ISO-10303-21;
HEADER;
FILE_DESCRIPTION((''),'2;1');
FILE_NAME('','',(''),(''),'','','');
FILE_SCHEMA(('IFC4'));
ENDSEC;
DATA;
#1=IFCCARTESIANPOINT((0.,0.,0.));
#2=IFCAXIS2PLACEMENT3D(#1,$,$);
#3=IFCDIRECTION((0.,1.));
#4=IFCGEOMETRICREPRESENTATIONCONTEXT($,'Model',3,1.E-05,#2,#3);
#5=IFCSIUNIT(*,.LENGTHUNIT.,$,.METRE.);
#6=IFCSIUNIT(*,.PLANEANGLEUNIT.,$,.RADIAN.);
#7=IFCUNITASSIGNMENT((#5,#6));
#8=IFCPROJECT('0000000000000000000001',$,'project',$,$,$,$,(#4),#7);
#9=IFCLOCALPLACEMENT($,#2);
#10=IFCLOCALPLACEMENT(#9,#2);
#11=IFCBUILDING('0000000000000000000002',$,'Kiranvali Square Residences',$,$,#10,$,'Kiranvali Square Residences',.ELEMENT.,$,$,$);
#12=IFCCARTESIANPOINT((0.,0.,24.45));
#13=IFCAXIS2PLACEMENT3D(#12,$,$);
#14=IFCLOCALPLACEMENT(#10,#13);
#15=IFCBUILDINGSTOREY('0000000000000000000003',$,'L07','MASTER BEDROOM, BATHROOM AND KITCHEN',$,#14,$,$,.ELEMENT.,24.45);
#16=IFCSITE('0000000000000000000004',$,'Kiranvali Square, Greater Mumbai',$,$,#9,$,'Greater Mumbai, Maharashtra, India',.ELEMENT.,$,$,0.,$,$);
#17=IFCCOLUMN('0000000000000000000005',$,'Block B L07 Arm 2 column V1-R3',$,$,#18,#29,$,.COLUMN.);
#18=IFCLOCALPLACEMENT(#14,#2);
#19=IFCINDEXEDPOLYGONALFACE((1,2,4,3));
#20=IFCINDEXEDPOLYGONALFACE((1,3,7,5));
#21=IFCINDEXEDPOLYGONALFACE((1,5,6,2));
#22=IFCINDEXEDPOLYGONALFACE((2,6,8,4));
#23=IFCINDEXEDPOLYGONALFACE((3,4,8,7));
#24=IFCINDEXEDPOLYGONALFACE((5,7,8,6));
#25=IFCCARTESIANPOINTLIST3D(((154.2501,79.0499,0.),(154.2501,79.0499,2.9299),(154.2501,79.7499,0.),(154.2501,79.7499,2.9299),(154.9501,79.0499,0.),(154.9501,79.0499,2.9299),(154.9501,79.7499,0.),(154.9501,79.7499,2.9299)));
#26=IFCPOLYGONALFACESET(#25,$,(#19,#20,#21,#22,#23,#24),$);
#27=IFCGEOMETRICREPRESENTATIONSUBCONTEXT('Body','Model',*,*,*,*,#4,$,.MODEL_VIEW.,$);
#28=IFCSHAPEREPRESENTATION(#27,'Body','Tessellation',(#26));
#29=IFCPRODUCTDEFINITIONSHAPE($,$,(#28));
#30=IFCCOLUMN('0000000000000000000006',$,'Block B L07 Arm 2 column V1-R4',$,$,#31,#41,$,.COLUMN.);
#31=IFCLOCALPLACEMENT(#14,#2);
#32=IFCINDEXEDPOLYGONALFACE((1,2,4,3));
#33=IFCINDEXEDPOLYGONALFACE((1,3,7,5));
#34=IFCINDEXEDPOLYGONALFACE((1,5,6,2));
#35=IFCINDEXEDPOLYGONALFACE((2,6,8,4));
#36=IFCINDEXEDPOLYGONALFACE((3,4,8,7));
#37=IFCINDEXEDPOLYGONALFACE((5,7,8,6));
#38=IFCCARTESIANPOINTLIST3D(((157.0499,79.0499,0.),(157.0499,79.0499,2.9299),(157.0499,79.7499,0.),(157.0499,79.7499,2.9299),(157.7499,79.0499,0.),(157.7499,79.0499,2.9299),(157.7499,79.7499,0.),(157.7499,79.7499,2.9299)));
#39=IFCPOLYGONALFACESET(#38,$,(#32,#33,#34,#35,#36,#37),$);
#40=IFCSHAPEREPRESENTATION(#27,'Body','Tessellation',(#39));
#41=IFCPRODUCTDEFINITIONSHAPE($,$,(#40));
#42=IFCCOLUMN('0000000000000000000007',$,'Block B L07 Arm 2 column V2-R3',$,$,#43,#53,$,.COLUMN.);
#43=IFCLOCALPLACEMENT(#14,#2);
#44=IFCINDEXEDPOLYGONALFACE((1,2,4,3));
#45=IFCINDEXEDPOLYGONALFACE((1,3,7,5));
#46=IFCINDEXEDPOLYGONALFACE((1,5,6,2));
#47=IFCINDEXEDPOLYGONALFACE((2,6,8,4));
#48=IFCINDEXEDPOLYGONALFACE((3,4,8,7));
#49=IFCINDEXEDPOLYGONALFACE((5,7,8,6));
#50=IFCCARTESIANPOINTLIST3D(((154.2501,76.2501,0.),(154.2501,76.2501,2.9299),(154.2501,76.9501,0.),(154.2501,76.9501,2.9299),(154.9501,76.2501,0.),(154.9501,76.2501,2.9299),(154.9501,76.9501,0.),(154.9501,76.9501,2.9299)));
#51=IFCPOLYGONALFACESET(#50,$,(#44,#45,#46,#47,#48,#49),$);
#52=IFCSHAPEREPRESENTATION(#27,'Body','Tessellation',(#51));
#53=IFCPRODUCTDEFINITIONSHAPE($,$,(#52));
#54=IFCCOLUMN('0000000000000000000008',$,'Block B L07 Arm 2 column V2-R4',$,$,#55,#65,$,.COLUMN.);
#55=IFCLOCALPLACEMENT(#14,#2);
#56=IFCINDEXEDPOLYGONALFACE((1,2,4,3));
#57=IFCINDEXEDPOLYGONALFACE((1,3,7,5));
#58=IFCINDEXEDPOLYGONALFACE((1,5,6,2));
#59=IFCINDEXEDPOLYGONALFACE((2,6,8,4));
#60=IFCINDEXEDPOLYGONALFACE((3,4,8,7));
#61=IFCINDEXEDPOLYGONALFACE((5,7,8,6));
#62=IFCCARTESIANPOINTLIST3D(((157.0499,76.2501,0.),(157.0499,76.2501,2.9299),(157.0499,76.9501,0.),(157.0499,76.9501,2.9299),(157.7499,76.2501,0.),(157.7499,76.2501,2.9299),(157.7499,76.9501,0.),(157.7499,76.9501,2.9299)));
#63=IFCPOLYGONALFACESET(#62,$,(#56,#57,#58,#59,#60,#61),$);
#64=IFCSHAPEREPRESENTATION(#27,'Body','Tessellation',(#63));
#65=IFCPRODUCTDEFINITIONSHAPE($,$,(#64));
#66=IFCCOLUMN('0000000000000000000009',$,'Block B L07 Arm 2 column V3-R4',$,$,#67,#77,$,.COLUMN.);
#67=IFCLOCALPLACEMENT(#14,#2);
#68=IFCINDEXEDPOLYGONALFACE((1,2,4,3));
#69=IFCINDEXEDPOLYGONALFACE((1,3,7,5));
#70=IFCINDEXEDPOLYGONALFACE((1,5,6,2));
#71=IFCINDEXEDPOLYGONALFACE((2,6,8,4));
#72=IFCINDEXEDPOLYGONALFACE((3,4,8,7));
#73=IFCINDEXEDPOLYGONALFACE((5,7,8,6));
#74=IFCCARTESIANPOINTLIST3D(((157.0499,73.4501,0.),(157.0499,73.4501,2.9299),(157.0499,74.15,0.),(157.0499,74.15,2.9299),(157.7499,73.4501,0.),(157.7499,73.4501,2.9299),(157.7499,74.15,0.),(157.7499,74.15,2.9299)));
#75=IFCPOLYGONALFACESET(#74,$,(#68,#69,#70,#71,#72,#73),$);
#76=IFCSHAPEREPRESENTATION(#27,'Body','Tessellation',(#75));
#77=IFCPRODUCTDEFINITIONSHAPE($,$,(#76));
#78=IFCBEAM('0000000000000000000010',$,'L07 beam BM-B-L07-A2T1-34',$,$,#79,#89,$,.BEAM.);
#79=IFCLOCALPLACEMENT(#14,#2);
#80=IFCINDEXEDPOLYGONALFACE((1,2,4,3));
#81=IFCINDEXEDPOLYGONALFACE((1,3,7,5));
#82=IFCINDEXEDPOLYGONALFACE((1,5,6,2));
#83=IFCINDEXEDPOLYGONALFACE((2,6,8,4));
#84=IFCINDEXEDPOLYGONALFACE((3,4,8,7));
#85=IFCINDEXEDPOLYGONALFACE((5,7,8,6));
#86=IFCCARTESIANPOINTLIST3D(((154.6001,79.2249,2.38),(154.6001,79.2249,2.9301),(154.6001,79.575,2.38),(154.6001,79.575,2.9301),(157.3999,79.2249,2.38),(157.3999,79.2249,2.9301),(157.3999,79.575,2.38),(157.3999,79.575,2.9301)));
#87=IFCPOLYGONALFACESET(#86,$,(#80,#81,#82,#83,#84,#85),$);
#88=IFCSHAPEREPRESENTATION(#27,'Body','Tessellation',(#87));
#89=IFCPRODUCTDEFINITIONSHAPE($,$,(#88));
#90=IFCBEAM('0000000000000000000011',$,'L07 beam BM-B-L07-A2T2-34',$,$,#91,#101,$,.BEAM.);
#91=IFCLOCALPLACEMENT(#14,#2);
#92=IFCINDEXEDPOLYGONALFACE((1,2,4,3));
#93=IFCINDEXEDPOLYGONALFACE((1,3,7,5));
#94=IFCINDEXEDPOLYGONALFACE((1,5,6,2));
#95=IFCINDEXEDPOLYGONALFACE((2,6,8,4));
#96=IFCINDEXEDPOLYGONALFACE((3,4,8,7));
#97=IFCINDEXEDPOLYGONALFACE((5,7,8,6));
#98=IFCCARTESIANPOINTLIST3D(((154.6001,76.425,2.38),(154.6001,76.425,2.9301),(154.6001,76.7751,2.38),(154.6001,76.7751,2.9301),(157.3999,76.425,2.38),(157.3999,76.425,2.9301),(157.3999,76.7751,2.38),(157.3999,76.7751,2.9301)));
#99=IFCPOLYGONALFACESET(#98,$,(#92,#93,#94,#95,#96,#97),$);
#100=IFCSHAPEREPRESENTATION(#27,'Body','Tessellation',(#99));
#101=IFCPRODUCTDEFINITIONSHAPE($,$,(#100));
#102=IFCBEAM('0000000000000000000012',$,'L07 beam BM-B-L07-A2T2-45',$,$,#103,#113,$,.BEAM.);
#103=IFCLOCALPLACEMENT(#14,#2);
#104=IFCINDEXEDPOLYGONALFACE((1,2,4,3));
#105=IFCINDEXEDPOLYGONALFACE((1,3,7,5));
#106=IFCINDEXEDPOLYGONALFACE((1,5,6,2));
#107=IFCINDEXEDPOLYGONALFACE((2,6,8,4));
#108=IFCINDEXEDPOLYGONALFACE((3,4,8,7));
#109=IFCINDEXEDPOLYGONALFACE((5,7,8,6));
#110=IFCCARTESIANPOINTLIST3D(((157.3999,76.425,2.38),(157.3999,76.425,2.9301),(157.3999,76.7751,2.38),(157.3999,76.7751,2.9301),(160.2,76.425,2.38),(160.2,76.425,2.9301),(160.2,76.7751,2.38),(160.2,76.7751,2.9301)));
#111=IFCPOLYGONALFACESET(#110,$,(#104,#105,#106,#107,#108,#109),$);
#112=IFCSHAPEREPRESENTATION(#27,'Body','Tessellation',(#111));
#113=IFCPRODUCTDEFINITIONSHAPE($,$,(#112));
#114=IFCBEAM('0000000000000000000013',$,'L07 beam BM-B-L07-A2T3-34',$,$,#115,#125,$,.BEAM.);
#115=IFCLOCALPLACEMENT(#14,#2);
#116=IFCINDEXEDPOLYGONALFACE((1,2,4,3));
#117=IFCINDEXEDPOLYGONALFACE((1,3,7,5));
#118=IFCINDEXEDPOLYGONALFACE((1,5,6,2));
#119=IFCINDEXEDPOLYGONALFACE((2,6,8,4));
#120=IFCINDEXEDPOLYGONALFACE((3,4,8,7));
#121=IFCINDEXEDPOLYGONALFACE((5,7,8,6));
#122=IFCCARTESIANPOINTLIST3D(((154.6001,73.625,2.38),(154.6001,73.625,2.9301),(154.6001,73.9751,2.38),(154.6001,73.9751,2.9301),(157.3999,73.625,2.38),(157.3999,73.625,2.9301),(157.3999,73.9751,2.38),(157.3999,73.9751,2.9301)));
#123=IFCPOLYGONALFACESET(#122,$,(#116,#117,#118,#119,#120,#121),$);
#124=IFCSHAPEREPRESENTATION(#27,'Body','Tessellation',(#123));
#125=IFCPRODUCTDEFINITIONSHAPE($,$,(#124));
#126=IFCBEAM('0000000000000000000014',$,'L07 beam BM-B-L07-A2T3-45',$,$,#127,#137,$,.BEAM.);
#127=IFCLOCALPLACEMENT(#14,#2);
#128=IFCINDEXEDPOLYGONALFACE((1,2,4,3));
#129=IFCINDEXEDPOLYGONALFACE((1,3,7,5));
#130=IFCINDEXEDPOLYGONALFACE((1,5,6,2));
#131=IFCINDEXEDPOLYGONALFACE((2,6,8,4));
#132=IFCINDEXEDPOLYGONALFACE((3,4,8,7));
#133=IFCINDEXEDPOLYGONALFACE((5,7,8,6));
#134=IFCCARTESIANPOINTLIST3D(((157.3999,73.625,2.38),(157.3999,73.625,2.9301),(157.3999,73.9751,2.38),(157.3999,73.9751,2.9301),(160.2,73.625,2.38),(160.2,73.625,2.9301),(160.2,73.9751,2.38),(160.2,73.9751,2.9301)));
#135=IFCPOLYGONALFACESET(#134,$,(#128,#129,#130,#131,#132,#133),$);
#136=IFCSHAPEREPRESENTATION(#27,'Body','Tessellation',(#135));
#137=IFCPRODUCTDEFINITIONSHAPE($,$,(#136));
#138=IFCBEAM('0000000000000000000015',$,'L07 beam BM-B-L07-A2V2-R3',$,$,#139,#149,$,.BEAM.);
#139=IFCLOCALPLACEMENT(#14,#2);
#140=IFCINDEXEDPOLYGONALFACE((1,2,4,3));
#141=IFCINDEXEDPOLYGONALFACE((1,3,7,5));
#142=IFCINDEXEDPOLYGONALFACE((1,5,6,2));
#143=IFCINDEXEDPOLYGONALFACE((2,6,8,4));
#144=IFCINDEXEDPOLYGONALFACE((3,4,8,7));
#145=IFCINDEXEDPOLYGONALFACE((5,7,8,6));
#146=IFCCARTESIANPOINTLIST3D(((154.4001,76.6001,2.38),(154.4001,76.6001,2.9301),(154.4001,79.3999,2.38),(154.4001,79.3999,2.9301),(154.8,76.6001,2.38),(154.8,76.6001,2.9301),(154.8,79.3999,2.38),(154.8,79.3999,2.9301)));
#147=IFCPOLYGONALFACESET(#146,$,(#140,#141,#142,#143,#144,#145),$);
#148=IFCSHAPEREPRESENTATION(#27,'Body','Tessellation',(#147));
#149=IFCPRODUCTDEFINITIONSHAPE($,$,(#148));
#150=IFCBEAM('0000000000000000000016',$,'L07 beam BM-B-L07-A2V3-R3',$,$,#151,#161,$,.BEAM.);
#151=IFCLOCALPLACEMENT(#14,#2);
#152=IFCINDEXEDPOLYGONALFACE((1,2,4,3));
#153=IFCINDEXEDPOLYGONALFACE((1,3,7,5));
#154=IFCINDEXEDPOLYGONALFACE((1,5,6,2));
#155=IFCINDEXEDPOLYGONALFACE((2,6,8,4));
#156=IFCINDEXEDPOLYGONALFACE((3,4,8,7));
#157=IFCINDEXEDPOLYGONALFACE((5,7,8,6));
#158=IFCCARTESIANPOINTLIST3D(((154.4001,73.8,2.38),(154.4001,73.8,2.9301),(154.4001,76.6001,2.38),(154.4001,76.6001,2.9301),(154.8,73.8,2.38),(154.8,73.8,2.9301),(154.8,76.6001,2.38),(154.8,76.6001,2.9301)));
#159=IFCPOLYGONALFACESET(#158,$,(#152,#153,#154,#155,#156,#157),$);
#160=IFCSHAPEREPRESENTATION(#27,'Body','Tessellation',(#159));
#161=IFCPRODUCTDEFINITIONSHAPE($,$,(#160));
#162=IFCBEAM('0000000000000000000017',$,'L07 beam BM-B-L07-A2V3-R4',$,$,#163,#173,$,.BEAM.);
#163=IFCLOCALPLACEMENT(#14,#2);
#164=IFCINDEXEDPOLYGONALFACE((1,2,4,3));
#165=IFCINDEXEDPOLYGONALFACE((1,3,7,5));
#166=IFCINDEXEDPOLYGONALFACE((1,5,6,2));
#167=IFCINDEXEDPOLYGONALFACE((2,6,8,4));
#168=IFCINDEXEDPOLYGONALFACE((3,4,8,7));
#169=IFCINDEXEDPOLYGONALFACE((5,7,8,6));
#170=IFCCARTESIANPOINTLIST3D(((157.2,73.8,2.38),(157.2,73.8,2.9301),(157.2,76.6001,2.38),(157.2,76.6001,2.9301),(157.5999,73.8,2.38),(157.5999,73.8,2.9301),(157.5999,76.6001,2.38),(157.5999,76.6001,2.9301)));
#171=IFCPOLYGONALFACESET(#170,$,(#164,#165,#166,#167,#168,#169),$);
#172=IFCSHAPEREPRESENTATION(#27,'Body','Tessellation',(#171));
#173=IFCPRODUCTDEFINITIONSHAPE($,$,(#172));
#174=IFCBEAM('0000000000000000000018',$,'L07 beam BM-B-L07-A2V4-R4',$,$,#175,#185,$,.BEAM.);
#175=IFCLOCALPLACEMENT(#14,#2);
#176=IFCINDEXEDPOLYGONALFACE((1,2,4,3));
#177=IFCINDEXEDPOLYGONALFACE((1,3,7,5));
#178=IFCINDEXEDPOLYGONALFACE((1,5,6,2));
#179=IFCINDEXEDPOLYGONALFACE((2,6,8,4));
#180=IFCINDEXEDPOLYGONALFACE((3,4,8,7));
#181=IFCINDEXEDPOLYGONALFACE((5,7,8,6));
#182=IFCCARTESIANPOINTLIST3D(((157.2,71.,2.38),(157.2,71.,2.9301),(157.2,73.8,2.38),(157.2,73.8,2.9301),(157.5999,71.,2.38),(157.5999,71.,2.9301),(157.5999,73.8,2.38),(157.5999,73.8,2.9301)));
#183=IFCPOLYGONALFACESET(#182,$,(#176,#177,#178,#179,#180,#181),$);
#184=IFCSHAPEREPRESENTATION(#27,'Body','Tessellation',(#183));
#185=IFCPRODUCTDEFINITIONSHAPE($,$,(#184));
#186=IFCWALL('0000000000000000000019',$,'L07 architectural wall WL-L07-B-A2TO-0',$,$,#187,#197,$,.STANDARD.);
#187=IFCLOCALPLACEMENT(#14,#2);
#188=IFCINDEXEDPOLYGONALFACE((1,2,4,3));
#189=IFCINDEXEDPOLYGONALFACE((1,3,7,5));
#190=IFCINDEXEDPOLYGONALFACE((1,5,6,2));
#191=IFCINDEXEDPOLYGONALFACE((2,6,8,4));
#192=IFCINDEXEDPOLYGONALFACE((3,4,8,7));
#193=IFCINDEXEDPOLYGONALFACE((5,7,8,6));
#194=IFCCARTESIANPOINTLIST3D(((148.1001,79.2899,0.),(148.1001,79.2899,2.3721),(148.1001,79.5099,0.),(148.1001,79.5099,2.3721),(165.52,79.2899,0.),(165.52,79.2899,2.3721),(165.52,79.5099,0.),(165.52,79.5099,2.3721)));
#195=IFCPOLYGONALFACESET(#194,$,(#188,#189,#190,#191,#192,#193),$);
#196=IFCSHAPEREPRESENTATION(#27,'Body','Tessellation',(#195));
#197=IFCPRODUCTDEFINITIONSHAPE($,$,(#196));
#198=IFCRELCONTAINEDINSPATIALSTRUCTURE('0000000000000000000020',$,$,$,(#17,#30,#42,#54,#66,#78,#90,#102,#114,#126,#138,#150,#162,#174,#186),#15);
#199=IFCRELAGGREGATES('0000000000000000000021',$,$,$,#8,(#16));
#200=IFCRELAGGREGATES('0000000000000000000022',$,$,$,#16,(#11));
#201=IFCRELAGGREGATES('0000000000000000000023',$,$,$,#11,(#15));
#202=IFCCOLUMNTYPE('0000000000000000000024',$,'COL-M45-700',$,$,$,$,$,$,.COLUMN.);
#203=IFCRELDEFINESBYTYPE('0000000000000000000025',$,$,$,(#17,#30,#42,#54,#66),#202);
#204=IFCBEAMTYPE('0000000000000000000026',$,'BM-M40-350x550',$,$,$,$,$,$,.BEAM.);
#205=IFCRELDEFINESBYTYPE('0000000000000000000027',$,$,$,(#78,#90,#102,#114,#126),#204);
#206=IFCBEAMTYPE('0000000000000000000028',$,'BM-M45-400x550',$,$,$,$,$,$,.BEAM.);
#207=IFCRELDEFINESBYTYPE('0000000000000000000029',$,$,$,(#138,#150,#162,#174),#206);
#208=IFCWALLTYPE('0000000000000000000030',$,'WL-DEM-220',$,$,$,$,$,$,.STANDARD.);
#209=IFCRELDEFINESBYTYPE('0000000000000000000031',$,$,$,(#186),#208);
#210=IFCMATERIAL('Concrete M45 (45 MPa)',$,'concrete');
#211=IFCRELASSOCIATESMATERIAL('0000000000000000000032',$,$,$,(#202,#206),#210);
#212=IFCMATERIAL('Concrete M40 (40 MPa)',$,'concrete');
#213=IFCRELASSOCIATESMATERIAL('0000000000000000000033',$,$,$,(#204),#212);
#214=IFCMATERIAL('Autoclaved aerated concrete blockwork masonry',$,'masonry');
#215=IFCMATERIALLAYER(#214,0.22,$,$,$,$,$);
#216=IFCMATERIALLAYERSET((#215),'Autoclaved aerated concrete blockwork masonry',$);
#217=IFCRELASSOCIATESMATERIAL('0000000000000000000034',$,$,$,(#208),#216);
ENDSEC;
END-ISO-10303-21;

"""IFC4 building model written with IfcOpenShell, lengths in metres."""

from ifc_helpers import new_model, si_unit, direction, frame, frame_2d, origin, origin_2d, place, context, subcontext, project, spatial, rectangle, extrude, material, layer, layer_set, material_profile, profile_set, type_object, element, save


model = new_model("IFC4")

# Units and contexts
model_context = context("Model", 3, precision=1e-05, world=origin(), true_north=direction((0.0, 1.0)))
body_context = subcontext(model_context, "Body", "Model", "MODEL_VIEW")
ifc_project = project(units=[si_unit("LENGTHUNIT", "METRE"), si_unit("PLANEANGLEUNIT", "RADIAN")], contexts=[model_context])

# Site, building, storey
site_placement = place(None, origin())
site = spatial("IfcSite", under=ifc_project, at=site_placement, Name="Kiranvali Square, Greater Mumbai", LongName="Greater Mumbai, Maharashtra, India", CompositionType="ELEMENT", RefElevation=0.0)
building_placement = place(site_placement, origin())
building = spatial("IfcBuilding", under=site, at=building_placement, Name="Kiranvali Square Residences", LongName="Kiranvali Square Residences", CompositionType="ELEMENT")
storey_placement = place(building_placement, frame((0.0, 0.0, 24.45)))
storey = spatial("IfcBuildingStorey", under=building, at=storey_placement, Name="L07", Description="MASTER BEDROOM, BATHROOM AND KITCHEN", CompositionType="ELEMENT", Elevation=24.45)

# Columns
ifc_material_1 = material(Name="Concrete M45 (45 MPa)", Category="concrete")
ifc_material_profile_1 = material_profile(ifc_material_1, rectangle(XDim=0.7, YDim=0.7, at=origin_2d()), Name="RC 700x700")
ifc_profile_set_1 = profile_set([ifc_material_profile_1], Name="Concrete M45 (45 MPa)")
column_type = type_object("IfcColumnType", Name="COL-M45-700", PredefinedType="COLUMN", material=ifc_profile_set_1)
for number, where, z_axis, x_axis, name in (
    (1, (154.6001, 79.3999, 0.0), (0.0, 0.0, 1.0), (1.0, 0.0, 0.0), "Block B L07 Arm 2 column V1-R3"),
    (2, (157.3999, 79.3999, 0.0), (0.0, 0.0, 1.0), (1.0, 0.0, 0.0), "Block B L07 Arm 2 column V1-R4"),
    (3, (154.6001, 76.6001, 0.0), (0.0, 0.0, 1.0), (1.0, 0.0, 0.0), "Block B L07 Arm 2 column V2-R3"),
    (4, (157.3999, 76.6001, 0.0), (0.0, 0.0, 1.0), (1.0, 0.0, 0.0), "Block B L07 Arm 2 column V2-R4"),
    (5, (157.3999, 73.8, 0.0), (0.0, 0.0, 1.0), (1.0, 0.0, 0.0), "Block B L07 Arm 2 column V3-R4"),
):
    element("IfcColumn", number, at=place(storey_placement, frame(where, z_axis=z_axis, x_axis=x_axis)), inside=storey, type_object=column_type, Name=name, PredefinedType="COLUMN", context=body_context, shape_type="SweptSolid", body=[
        extrude(rectangle(XDim=0.7, YDim=0.7, at=origin_2d()), origin(), (0.0, 0.0, 1.0), 2.9299),
    ])

# Beams
ifc_material_2 = material(Name="Concrete M40 (40 MPa)", Category="concrete")
ifc_material_profile_2 = material_profile(ifc_material_2, rectangle(XDim=0.3501, YDim=0.55, at=origin_2d()), Name="RC 350x550")
ifc_profile_set_2 = profile_set([ifc_material_profile_2], Name="Concrete M40 (40 MPa)")
beam_type_1 = type_object("IfcBeamType", Name="BM-M40-350x550", PredefinedType="BEAM", material=ifc_profile_set_2)
for number, where, z_axis, x_axis, name in (
    (6, (154.6001, 79.3999, 2.655), (1.0, 0.0, 0.0), (0.0, 1.0, 0.0), "L07 beam BM-B-L07-A2T1-34"),
    (7, (154.6001, 76.6001, 2.655), (1.0, 0.0, 0.0), (0.0, 1.0, 0.0), "L07 beam BM-B-L07-A2T2-34"),
):
    element("IfcBeam", number, at=place(storey_placement, frame(where, z_axis=z_axis, x_axis=x_axis)), inside=storey, type_object=beam_type_1, Name=name, PredefinedType="BEAM", context=body_context, shape_type="SweptSolid", body=[
        extrude(rectangle(XDim=0.3501, YDim=0.55, at=origin_2d()), origin(), (0.0, 0.0, 1.0), 2.7998),
    ])
beam_1_placement = place(storey_placement, frame((157.3999, 76.6001, 2.655), z_axis=(1.0, 0.0, 0.0), x_axis=(0.0, 1.0, 0.0)))
element("IfcBeam", 8, at=beam_1_placement, inside=storey, type_object=beam_type_1, Name="L07 beam BM-B-L07-A2T2-45", PredefinedType="BEAM", context=body_context, shape_type="SweptSolid", body=[
    extrude(rectangle(XDim=0.3501, YDim=0.55, at=origin_2d()), origin(), (0.0, 0.0, 1.0), 2.8),
])
beam_2_placement = place(storey_placement, frame((154.6001, 73.8, 2.655), z_axis=(1.0, 0.0, 0.0), x_axis=(0.0, 1.0, 0.0)))
element("IfcBeam", 9, at=beam_2_placement, inside=storey, type_object=beam_type_1, Name="L07 beam BM-B-L07-A2T3-34", PredefinedType="BEAM", context=body_context, shape_type="SweptSolid", body=[
    extrude(rectangle(XDim=0.3501, YDim=0.55, at=origin_2d()), origin(), (0.0, 0.0, 1.0), 2.7998),
])
beam_3_placement = place(storey_placement, frame((157.3999, 73.8, 2.655), z_axis=(1.0, 0.0, 0.0), x_axis=(0.0, 1.0, 0.0)))
element("IfcBeam", 10, at=beam_3_placement, inside=storey, type_object=beam_type_1, Name="L07 beam BM-B-L07-A2T3-45", PredefinedType="BEAM", context=body_context, shape_type="SweptSolid", body=[
    extrude(rectangle(XDim=0.3501, YDim=0.55, at=origin_2d()), origin(), (0.0, 0.0, 1.0), 2.8),
])
ifc_material_profile_3 = material_profile(ifc_material_1, rectangle(XDim=0.3999, YDim=0.55, at=origin_2d()), Name="RC 400x550")
ifc_profile_set_3 = profile_set([ifc_material_profile_3], Name="Concrete M45 (45 MPa)")
beam_type_2 = type_object("IfcBeamType", Name="BM-M45-400x550", PredefinedType="BEAM", material=ifc_profile_set_3)
beam_4_placement = place(storey_placement, frame((154.6001, 79.3999, 2.655), z_axis=(0.0, -1.0, 0.0), x_axis=(1.0, 0.0, 0.0)))
element("IfcBeam", 11, at=beam_4_placement, inside=storey, type_object=beam_type_2, Name="L07 beam BM-B-L07-A2V2-R3", PredefinedType="BEAM", context=body_context, shape_type="SweptSolid", body=[
    extrude(rectangle(XDim=0.3999, YDim=0.55, at=origin_2d()), origin(), (0.0, 0.0, 1.0), 2.7998),
])
for number, where, z_axis, x_axis, name in (
    (12, (154.6001, 76.6001, 2.655), (0.0, -1.0, 0.0), (1.0, 0.0, 0.0), "L07 beam BM-B-L07-A2V3-R3"),
    (13, (157.3999, 76.6001, 2.655), (0.0, -1.0, 0.0), (1.0, 0.0, 0.0), "L07 beam BM-B-L07-A2V3-R4"),
    (14, (157.3999, 73.8, 2.655), (0.0, -1.0, 0.0), (1.0, 0.0, 0.0), "L07 beam BM-B-L07-A2V4-R4"),
):
    element("IfcBeam", number, at=place(storey_placement, frame(where, z_axis=z_axis, x_axis=x_axis)), inside=storey, type_object=beam_type_2, Name=name, PredefinedType="BEAM", context=body_context, shape_type="SweptSolid", body=[
        extrude(rectangle(XDim=0.3999, YDim=0.55, at=origin_2d()), origin(), (0.0, 0.0, 1.0), 2.8),
    ])

# Wall
ifc_material_3 = material(Name="Autoclaved aerated concrete blockwork masonry", Category="masonry")
ifc_layer_1 = layer(ifc_material_3, 0.22)
ifc_layer_set_1 = layer_set([ifc_layer_1], Name="Autoclaved aerated concrete blockwork masonry")
wall_type_1 = type_object("IfcWallType", Name="WL-DEM-220", PredefinedType="STANDARD", material=ifc_layer_set_1)
wall_1_placement = place(storey_placement, frame((148.1001, 79.3999, 0.0), z_axis=(0.0, 0.0, 1.0), x_axis=(1.0, 0.0, 0.0)))
element("IfcWall", 15, at=wall_1_placement, inside=storey, type_object=wall_type_1, Name="L07 architectural wall WL-L07-B-A2TO-0", PredefinedType="STANDARD", context=body_context, shape_type="SweptSolid", body=[
    extrude(rectangle(XDim=17.4199, YDim=0.22, at=frame_2d((8.71, 0.0))), origin(), (0.0, 0.0, 1.0), 2.3721),
])

save(model, "model.ifc")
